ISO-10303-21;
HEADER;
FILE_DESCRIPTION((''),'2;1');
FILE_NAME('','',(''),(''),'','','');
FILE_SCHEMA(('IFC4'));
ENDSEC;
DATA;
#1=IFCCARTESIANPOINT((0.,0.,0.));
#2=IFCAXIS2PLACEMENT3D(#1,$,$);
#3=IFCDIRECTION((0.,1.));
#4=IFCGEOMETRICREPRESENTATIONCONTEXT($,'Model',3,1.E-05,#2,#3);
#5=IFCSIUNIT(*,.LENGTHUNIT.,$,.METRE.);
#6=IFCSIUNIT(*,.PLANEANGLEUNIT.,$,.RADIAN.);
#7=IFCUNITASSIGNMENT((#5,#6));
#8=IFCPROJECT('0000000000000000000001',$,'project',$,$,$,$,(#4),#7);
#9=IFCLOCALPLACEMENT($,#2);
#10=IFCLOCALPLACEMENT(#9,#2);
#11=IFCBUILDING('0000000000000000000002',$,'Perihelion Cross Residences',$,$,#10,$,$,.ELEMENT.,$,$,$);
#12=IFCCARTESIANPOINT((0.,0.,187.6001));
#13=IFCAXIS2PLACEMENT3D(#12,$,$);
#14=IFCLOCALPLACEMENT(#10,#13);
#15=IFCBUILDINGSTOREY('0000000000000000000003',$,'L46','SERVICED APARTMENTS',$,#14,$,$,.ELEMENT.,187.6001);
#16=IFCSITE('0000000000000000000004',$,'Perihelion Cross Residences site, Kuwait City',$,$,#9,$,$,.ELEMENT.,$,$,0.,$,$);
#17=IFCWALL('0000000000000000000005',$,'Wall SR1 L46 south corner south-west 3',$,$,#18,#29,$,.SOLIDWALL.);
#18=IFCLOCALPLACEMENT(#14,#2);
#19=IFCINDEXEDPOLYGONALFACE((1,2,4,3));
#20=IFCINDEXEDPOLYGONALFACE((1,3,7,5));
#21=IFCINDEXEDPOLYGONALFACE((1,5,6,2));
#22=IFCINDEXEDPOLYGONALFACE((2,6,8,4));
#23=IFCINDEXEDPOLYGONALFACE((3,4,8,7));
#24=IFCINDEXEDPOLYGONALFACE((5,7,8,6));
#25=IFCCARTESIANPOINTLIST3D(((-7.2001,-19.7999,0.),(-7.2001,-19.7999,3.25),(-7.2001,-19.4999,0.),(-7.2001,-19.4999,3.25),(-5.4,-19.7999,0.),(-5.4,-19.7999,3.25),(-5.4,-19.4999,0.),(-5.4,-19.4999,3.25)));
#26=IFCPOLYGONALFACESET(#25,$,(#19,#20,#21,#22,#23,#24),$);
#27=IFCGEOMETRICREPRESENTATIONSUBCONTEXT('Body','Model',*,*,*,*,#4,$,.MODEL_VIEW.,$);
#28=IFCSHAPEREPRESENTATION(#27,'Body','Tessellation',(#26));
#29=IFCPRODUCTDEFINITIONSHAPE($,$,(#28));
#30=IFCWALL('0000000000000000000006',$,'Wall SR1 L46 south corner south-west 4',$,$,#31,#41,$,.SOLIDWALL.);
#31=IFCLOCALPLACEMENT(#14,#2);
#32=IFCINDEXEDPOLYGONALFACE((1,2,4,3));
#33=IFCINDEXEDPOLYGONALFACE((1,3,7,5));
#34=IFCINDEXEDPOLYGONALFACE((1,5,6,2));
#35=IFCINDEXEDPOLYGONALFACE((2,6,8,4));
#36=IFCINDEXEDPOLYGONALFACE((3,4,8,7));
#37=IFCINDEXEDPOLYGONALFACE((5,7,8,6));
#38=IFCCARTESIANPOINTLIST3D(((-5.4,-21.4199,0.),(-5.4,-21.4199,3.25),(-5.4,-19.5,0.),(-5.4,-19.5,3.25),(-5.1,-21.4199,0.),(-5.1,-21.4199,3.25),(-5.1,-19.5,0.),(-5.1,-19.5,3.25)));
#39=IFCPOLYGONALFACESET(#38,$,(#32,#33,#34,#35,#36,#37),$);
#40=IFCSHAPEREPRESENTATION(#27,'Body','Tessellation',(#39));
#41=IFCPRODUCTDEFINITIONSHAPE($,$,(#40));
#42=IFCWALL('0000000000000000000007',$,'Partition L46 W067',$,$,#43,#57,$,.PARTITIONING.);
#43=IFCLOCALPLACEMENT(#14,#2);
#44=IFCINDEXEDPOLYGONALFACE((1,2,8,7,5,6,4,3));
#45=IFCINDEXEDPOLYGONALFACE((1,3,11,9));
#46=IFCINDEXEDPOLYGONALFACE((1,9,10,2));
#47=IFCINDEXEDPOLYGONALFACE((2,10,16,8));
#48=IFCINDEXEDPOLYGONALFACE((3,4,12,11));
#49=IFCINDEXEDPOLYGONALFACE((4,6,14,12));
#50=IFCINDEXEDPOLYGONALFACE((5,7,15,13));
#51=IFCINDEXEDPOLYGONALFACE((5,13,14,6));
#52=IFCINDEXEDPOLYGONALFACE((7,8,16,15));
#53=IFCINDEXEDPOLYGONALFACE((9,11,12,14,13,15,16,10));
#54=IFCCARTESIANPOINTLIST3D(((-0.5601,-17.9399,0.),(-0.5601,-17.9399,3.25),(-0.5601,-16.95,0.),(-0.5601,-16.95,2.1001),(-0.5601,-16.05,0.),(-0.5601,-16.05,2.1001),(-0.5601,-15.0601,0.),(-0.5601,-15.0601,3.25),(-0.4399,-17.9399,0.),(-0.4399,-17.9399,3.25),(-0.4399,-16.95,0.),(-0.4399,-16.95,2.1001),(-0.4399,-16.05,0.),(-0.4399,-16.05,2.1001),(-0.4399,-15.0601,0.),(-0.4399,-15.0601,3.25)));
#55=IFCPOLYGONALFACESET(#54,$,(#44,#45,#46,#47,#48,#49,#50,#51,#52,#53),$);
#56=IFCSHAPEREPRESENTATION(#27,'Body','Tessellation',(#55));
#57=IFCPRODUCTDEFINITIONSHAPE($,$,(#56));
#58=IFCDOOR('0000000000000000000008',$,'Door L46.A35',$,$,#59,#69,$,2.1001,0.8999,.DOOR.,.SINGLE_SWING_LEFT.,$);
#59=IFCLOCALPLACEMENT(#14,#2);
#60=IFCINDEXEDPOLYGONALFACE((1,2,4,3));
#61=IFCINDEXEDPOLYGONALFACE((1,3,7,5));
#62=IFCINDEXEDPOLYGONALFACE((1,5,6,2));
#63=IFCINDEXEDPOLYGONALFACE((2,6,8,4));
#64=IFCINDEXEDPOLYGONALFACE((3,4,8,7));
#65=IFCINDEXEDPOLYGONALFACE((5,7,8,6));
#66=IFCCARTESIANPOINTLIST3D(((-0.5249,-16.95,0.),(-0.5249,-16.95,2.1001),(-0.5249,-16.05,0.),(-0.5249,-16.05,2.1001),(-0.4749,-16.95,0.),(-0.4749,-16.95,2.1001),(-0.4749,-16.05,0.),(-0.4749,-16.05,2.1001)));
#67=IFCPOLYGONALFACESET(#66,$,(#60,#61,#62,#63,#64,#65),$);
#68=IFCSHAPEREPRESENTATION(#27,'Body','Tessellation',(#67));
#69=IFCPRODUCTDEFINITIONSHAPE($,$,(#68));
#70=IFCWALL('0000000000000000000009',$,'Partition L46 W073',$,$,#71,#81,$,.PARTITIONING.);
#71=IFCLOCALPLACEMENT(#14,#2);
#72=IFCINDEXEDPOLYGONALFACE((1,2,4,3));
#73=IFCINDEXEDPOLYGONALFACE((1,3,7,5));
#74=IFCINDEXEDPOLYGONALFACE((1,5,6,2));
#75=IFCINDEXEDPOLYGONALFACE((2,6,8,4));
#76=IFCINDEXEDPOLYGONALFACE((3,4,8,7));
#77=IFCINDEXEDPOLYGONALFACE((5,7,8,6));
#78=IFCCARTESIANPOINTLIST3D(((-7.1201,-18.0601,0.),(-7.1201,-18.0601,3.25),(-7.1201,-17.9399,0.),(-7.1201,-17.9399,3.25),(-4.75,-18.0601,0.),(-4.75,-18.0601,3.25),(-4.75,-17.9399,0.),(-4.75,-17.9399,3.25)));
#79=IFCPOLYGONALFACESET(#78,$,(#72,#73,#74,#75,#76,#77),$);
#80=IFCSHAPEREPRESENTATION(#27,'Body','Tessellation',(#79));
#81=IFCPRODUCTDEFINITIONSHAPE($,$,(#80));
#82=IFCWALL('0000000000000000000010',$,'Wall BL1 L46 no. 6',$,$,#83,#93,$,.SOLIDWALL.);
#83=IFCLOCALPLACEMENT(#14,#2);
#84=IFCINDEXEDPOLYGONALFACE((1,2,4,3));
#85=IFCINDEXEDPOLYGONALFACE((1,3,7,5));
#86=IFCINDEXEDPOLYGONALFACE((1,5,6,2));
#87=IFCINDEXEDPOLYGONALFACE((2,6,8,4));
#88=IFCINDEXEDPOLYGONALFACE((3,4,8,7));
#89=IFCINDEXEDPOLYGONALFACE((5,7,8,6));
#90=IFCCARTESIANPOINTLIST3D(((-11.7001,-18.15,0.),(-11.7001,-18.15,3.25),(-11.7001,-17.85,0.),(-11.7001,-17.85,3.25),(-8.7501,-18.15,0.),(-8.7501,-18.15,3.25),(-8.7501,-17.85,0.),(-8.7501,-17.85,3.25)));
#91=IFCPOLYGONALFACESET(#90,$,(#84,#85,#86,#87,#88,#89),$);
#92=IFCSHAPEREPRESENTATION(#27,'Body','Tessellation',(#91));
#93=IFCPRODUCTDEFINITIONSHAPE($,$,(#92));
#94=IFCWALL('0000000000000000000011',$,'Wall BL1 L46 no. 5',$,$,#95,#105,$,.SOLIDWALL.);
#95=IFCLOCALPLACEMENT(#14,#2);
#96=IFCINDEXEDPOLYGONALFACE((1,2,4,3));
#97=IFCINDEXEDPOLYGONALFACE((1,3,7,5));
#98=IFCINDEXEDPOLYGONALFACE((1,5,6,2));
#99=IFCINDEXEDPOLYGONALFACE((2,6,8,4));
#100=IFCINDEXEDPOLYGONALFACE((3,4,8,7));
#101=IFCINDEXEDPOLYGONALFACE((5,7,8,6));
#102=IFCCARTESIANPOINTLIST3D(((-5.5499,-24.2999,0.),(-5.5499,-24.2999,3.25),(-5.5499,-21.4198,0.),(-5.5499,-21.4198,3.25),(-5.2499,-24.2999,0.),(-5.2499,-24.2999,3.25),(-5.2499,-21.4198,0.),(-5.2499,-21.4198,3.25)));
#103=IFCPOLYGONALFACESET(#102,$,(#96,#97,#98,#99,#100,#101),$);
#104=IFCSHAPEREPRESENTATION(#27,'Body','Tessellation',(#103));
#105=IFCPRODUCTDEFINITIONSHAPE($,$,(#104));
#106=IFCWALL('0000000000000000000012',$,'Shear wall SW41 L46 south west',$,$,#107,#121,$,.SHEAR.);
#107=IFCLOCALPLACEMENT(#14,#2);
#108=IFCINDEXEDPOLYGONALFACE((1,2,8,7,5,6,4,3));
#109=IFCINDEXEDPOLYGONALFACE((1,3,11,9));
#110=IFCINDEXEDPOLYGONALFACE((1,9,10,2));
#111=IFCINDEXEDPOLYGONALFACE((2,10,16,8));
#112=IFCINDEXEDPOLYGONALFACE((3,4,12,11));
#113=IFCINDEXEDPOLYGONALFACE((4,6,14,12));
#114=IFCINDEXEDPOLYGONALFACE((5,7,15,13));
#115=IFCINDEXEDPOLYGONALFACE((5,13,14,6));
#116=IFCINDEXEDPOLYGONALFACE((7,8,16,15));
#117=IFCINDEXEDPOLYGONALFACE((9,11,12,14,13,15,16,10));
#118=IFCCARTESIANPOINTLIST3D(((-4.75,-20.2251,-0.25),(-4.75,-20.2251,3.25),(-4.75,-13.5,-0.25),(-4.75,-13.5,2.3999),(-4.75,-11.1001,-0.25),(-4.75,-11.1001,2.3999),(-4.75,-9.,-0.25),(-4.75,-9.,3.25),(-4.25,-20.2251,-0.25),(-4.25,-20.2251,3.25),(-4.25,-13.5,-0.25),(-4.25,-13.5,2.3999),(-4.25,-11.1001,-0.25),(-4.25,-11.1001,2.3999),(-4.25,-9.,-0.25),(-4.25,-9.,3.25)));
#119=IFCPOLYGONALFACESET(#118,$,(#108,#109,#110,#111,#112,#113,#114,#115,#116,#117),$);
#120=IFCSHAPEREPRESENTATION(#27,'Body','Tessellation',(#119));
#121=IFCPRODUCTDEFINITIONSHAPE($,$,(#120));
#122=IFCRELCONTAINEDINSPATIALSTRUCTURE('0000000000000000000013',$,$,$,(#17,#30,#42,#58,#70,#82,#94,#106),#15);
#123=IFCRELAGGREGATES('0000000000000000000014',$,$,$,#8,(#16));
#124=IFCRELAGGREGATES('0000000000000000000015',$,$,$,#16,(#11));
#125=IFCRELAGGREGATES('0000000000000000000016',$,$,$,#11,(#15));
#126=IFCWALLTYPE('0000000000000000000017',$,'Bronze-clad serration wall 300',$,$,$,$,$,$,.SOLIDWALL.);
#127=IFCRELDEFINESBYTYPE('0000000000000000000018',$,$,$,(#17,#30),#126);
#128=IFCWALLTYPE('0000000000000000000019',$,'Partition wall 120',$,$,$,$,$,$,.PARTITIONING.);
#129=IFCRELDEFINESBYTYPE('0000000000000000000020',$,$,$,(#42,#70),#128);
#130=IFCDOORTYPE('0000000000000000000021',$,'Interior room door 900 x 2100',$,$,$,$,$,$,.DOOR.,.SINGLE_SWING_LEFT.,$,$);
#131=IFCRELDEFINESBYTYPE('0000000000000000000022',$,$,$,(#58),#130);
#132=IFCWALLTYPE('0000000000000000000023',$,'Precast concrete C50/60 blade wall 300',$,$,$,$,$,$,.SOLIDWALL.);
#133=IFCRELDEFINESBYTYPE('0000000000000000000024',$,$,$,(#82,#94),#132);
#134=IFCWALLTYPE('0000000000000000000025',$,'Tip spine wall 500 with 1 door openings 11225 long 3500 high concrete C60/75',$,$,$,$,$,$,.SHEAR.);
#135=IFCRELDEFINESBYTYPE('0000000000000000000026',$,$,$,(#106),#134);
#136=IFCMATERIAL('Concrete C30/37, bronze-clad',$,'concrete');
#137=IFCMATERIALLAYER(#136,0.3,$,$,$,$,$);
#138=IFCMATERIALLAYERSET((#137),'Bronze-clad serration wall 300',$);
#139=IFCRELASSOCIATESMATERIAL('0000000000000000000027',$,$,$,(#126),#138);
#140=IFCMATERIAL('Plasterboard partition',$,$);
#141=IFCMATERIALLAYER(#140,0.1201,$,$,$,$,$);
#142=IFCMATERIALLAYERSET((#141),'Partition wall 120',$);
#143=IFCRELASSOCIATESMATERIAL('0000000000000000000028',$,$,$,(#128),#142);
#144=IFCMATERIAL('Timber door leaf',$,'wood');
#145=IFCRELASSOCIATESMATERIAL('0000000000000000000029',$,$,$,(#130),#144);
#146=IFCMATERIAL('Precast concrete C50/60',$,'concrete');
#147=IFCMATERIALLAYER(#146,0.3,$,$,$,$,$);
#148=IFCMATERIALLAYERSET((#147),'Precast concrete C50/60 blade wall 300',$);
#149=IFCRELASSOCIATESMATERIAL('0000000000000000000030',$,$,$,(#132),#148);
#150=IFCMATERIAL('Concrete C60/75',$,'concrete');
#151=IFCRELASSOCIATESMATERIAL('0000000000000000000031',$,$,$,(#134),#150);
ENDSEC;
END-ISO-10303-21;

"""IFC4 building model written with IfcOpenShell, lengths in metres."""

from ifc_helpers import new_model, si_unit, direction, frame, frame_2d, origin, place, context, subcontext, project, spatial, polyline, rectangle, outline, extrude, material, layer, layer_set, material_profile, profile_set, type_object, element, fill, save


model = new_model("IFC4")

# Units and contexts
model_context = context("Model", 3, precision=1e-05, world=origin(), true_north=direction((0.0, 1.0)))
body_context = subcontext(model_context, "Body", "Model", "MODEL_VIEW")
ifc_project = project(units=[si_unit("LENGTHUNIT", "METRE"), si_unit("PLANEANGLEUNIT", "RADIAN")], contexts=[model_context])

# Site, building, storey
site_placement = place(None, origin())
site = spatial("IfcSite", under=ifc_project, at=site_placement, Name="Perihelion Cross Residences site, Kuwait City", CompositionType="ELEMENT", RefElevation=0.0)
building_placement = place(site_placement, origin())
building = spatial("IfcBuilding", under=site, at=building_placement, Name="Perihelion Cross Residences", CompositionType="ELEMENT")
storey_placement = place(building_placement, frame((0.0, 0.0, 187.6001)))
storey = spatial("IfcBuildingStorey", under=building, at=storey_placement, Name="L46", Description="SERVICED APARTMENTS", CompositionType="ELEMENT", Elevation=187.6001)

# Walls
ifc_material_1 = material(Name="Concrete C30/37, bronze-clad", Category="concrete")
ifc_layer_1 = layer(ifc_material_1, 0.3)
ifc_layer_set_1 = layer_set([ifc_layer_1], Name="Bronze-clad serration wall 300")
wall_type_1 = type_object("IfcWallType", Name="Bronze-clad serration wall 300", PredefinedType="SOLIDWALL", material=ifc_layer_set_1)
for number, where, z_axis, x_axis, name in (
    (1, (-7.2, -19.6499, 0.0), (0.0, 0.0, 1.0), (1.0, 0.0, 0.0), "Wall SR1 L46 south corner south-west 3"),
):
    element("IfcWall", number, at=place(storey_placement, frame(where, z_axis=z_axis, x_axis=x_axis)), inside=storey, type_object=wall_type_1, Name=name, PredefinedType="SOLIDWALL", context=body_context, shape_type="SweptSolid", body=[
        extrude(rectangle(XDim=1.8, YDim=0.3, at=frame_2d((0.8999, 0.0))), origin(), (0.0, 0.0, 1.0), 3.25),
    ])
wall_1_placement = place(storey_placement, frame((-5.25, -19.5, 0.0), z_axis=(0.0, 0.0, 1.0), x_axis=(0.0, -1.0, 0.0)))
element("IfcWall", 2, at=wall_1_placement, inside=storey, type_object=wall_type_1, Name="Wall SR1 L46 south corner south-west 4", PredefinedType="SOLIDWALL", context=body_context, shape_type="SweptSolid", body=[
    extrude(rectangle(XDim=1.9199, YDim=0.3, at=frame_2d((0.96, 0.0))), origin(), (0.0, 0.0, 1.0), 3.25),
])

# Wall, opening, door
ifc_material_2 = material(Name="Plasterboard partition")
ifc_layer_2 = layer(ifc_material_2, 0.1201)
ifc_layer_set_2 = layer_set([ifc_layer_2], Name="Partition wall 120")
wall_type_2 = type_object("IfcWallType", Name="Partition wall 120", PredefinedType="PARTITIONING", material=ifc_layer_set_2)
wall_2_placement = place(storey_placement, frame((-0.5, -17.9399, 0.0), z_axis=(0.0, 0.0, 1.0), x_axis=(0.0, 1.0, 0.0)))
wall_2 = element("IfcWall", 3, at=wall_2_placement, inside=storey, type_object=wall_type_2, Name="Partition L46 W067", PredefinedType="PARTITIONING", context=body_context, shape_type="SweptSolid", body=[
    extrude(rectangle(XDim=2.8799, YDim=0.1201, at=frame_2d((1.4399, 0.0))), origin(), (0.0, 0.0, 1.0), 3.25),
])
opening_1_placement = place(wall_2_placement, frame((0.99, 0.0, 0.0)))
opening_1 = element("IfcOpeningElement", 4, at=opening_1_placement, cuts=wall_2, PredefinedType="OPENING", context=body_context, shape_type="SweptSolid", body=[
    extrude(rectangle(XDim=0.8999, YDim=2.1001, at=frame_2d((0.45, 1.05))), frame((0.0, 0.0701, 0.0), z_axis=(0.0, -1.0, 0.0), x_axis=(1.0, 0.0, 0.0)), (0.0, 0.0, 1.0), 0.1401),
])
ifc_material_3 = material(Name="Timber door leaf", Category="wood")
door_type_1 = type_object("IfcDoorType", Name="Interior room door 900 x 2100", OperationType="SINGLE_SWING_LEFT", PredefinedType="DOOR", material=ifc_material_3)
door_1_placement = place(opening_1_placement, origin())
door_1 = element("IfcDoor", 5, at=door_1_placement, inside=storey, type_object=door_type_1, Name="Door L46.A35", OperationType="SINGLE_SWING_LEFT", OverallHeight=2.1001, OverallWidth=0.8999, PredefinedType="DOOR", context=body_context, shape_type="SweptSolid", body=[
    extrude(rectangle(XDim=0.8999, YDim=2.1001, at=frame_2d((0.45, 1.05))), frame((0.0, 0.0249, 0.0), z_axis=(0.0, -1.0, 0.0), x_axis=(1.0, 0.0, 0.0)), (0.0, 0.0, 1.0), 0.05),
])
fill(opening_1, door_1)

# Walls
wall_3_placement = place(storey_placement, frame((-4.75, -18.0, 0.0), z_axis=(0.0, 0.0, 1.0), x_axis=(-1.0, 0.0, 0.0)))
element("IfcWall", 6, at=wall_3_placement, inside=storey, type_object=wall_type_2, Name="Partition L46 W073", PredefinedType="PARTITIONING", context=body_context, shape_type="SweptSolid", body=[
    extrude(rectangle(XDim=2.3701, YDim=0.1201, at=frame_2d((1.1851, 0.0))), origin(), (0.0, 0.0, 1.0), 3.25),
])
ifc_material_4 = material(Name="Precast concrete C50/60", Category="concrete")
ifc_layer_3 = layer(ifc_material_4, 0.3)
ifc_layer_set_3 = layer_set([ifc_layer_3], Name="Precast concrete C50/60 blade wall 300")
wall_type_3 = type_object("IfcWallType", Name="Precast concrete C50/60 blade wall 300", PredefinedType="SOLIDWALL", material=ifc_layer_set_3)
wall_4_placement = place(storey_placement, frame((-8.75, -18.0, 0.0), z_axis=(0.0, 0.0, 1.0), x_axis=(-1.0, 0.0, 0.0)))
element("IfcWall", 7, at=wall_4_placement, inside=storey, type_object=wall_type_3, Name="Wall BL1 L46 no. 6", PredefinedType="SOLIDWALL", context=body_context, shape_type="SweptSolid", body=[
    extrude(rectangle(XDim=2.95, YDim=0.3, at=frame_2d((1.4751, 0.0))), origin(), (0.0, 0.0, 1.0), 3.25),
])
wall_5_placement = place(storey_placement, frame((-5.3999, -21.4199, 0.0), z_axis=(0.0, 0.0, 1.0), x_axis=(0.0, -1.0, 0.0)))
element("IfcWall", 8, at=wall_5_placement, inside=storey, type_object=wall_type_3, Name="Wall BL1 L46 no. 5", PredefinedType="SOLIDWALL", context=body_context, shape_type="SweptSolid", body=[
    extrude(rectangle(XDim=2.8801, YDim=0.3, at=frame_2d((1.4399, 0.0))), origin(), (0.0, 0.0, 1.0), 3.25),
])
ifc_material_5 = material(Name="Concrete C60/75", Category="concrete")
ifc_material_profile_1 = material_profile(ifc_material_5, outline(polyline([(0.0, 0.0), (6.7251, 0.0), (6.7251, 2.6499), (9.125, 2.6499), (9.125, 0.0), (11.2251, 0.0), (11.2251, 3.5), (0.0, 3.5), (0.0, 0.0)])), Name="Tip spine wall")
ifc_profile_set_1 = profile_set([ifc_material_profile_1], Name="Concrete C60/75")
wall_type_4 = type_object("IfcWallType", Name="Tip spine wall 500 with 1 door openings 11225 long 3500 high concrete C60/75", PredefinedType="SHEAR", material=ifc_profile_set_1)
wall_6_placement = place(storey_placement, frame((-4.75, -20.2251, -0.25), z_axis=(1.0, 0.0, 0.0), x_axis=(0.0, 1.0, 0.0)))
element("IfcWall", 9, at=wall_6_placement, inside=storey, type_object=wall_type_4, Name="Shear wall SW41 L46 south west", PredefinedType="SHEAR", context=body_context, shape_type="SweptSolid", body=[
    extrude(outline(polyline([(0.0, 0.0), (6.7251, 0.0), (6.7251, 2.6499), (9.125, 2.6499), (9.125, 0.0), (11.2251, 0.0), (11.2251, 3.5), (0.0, 3.5), (0.0, 0.0)])), origin(), (0.0, 0.0, 1.0), 0.5),
])

save(model, "model.ifc")
